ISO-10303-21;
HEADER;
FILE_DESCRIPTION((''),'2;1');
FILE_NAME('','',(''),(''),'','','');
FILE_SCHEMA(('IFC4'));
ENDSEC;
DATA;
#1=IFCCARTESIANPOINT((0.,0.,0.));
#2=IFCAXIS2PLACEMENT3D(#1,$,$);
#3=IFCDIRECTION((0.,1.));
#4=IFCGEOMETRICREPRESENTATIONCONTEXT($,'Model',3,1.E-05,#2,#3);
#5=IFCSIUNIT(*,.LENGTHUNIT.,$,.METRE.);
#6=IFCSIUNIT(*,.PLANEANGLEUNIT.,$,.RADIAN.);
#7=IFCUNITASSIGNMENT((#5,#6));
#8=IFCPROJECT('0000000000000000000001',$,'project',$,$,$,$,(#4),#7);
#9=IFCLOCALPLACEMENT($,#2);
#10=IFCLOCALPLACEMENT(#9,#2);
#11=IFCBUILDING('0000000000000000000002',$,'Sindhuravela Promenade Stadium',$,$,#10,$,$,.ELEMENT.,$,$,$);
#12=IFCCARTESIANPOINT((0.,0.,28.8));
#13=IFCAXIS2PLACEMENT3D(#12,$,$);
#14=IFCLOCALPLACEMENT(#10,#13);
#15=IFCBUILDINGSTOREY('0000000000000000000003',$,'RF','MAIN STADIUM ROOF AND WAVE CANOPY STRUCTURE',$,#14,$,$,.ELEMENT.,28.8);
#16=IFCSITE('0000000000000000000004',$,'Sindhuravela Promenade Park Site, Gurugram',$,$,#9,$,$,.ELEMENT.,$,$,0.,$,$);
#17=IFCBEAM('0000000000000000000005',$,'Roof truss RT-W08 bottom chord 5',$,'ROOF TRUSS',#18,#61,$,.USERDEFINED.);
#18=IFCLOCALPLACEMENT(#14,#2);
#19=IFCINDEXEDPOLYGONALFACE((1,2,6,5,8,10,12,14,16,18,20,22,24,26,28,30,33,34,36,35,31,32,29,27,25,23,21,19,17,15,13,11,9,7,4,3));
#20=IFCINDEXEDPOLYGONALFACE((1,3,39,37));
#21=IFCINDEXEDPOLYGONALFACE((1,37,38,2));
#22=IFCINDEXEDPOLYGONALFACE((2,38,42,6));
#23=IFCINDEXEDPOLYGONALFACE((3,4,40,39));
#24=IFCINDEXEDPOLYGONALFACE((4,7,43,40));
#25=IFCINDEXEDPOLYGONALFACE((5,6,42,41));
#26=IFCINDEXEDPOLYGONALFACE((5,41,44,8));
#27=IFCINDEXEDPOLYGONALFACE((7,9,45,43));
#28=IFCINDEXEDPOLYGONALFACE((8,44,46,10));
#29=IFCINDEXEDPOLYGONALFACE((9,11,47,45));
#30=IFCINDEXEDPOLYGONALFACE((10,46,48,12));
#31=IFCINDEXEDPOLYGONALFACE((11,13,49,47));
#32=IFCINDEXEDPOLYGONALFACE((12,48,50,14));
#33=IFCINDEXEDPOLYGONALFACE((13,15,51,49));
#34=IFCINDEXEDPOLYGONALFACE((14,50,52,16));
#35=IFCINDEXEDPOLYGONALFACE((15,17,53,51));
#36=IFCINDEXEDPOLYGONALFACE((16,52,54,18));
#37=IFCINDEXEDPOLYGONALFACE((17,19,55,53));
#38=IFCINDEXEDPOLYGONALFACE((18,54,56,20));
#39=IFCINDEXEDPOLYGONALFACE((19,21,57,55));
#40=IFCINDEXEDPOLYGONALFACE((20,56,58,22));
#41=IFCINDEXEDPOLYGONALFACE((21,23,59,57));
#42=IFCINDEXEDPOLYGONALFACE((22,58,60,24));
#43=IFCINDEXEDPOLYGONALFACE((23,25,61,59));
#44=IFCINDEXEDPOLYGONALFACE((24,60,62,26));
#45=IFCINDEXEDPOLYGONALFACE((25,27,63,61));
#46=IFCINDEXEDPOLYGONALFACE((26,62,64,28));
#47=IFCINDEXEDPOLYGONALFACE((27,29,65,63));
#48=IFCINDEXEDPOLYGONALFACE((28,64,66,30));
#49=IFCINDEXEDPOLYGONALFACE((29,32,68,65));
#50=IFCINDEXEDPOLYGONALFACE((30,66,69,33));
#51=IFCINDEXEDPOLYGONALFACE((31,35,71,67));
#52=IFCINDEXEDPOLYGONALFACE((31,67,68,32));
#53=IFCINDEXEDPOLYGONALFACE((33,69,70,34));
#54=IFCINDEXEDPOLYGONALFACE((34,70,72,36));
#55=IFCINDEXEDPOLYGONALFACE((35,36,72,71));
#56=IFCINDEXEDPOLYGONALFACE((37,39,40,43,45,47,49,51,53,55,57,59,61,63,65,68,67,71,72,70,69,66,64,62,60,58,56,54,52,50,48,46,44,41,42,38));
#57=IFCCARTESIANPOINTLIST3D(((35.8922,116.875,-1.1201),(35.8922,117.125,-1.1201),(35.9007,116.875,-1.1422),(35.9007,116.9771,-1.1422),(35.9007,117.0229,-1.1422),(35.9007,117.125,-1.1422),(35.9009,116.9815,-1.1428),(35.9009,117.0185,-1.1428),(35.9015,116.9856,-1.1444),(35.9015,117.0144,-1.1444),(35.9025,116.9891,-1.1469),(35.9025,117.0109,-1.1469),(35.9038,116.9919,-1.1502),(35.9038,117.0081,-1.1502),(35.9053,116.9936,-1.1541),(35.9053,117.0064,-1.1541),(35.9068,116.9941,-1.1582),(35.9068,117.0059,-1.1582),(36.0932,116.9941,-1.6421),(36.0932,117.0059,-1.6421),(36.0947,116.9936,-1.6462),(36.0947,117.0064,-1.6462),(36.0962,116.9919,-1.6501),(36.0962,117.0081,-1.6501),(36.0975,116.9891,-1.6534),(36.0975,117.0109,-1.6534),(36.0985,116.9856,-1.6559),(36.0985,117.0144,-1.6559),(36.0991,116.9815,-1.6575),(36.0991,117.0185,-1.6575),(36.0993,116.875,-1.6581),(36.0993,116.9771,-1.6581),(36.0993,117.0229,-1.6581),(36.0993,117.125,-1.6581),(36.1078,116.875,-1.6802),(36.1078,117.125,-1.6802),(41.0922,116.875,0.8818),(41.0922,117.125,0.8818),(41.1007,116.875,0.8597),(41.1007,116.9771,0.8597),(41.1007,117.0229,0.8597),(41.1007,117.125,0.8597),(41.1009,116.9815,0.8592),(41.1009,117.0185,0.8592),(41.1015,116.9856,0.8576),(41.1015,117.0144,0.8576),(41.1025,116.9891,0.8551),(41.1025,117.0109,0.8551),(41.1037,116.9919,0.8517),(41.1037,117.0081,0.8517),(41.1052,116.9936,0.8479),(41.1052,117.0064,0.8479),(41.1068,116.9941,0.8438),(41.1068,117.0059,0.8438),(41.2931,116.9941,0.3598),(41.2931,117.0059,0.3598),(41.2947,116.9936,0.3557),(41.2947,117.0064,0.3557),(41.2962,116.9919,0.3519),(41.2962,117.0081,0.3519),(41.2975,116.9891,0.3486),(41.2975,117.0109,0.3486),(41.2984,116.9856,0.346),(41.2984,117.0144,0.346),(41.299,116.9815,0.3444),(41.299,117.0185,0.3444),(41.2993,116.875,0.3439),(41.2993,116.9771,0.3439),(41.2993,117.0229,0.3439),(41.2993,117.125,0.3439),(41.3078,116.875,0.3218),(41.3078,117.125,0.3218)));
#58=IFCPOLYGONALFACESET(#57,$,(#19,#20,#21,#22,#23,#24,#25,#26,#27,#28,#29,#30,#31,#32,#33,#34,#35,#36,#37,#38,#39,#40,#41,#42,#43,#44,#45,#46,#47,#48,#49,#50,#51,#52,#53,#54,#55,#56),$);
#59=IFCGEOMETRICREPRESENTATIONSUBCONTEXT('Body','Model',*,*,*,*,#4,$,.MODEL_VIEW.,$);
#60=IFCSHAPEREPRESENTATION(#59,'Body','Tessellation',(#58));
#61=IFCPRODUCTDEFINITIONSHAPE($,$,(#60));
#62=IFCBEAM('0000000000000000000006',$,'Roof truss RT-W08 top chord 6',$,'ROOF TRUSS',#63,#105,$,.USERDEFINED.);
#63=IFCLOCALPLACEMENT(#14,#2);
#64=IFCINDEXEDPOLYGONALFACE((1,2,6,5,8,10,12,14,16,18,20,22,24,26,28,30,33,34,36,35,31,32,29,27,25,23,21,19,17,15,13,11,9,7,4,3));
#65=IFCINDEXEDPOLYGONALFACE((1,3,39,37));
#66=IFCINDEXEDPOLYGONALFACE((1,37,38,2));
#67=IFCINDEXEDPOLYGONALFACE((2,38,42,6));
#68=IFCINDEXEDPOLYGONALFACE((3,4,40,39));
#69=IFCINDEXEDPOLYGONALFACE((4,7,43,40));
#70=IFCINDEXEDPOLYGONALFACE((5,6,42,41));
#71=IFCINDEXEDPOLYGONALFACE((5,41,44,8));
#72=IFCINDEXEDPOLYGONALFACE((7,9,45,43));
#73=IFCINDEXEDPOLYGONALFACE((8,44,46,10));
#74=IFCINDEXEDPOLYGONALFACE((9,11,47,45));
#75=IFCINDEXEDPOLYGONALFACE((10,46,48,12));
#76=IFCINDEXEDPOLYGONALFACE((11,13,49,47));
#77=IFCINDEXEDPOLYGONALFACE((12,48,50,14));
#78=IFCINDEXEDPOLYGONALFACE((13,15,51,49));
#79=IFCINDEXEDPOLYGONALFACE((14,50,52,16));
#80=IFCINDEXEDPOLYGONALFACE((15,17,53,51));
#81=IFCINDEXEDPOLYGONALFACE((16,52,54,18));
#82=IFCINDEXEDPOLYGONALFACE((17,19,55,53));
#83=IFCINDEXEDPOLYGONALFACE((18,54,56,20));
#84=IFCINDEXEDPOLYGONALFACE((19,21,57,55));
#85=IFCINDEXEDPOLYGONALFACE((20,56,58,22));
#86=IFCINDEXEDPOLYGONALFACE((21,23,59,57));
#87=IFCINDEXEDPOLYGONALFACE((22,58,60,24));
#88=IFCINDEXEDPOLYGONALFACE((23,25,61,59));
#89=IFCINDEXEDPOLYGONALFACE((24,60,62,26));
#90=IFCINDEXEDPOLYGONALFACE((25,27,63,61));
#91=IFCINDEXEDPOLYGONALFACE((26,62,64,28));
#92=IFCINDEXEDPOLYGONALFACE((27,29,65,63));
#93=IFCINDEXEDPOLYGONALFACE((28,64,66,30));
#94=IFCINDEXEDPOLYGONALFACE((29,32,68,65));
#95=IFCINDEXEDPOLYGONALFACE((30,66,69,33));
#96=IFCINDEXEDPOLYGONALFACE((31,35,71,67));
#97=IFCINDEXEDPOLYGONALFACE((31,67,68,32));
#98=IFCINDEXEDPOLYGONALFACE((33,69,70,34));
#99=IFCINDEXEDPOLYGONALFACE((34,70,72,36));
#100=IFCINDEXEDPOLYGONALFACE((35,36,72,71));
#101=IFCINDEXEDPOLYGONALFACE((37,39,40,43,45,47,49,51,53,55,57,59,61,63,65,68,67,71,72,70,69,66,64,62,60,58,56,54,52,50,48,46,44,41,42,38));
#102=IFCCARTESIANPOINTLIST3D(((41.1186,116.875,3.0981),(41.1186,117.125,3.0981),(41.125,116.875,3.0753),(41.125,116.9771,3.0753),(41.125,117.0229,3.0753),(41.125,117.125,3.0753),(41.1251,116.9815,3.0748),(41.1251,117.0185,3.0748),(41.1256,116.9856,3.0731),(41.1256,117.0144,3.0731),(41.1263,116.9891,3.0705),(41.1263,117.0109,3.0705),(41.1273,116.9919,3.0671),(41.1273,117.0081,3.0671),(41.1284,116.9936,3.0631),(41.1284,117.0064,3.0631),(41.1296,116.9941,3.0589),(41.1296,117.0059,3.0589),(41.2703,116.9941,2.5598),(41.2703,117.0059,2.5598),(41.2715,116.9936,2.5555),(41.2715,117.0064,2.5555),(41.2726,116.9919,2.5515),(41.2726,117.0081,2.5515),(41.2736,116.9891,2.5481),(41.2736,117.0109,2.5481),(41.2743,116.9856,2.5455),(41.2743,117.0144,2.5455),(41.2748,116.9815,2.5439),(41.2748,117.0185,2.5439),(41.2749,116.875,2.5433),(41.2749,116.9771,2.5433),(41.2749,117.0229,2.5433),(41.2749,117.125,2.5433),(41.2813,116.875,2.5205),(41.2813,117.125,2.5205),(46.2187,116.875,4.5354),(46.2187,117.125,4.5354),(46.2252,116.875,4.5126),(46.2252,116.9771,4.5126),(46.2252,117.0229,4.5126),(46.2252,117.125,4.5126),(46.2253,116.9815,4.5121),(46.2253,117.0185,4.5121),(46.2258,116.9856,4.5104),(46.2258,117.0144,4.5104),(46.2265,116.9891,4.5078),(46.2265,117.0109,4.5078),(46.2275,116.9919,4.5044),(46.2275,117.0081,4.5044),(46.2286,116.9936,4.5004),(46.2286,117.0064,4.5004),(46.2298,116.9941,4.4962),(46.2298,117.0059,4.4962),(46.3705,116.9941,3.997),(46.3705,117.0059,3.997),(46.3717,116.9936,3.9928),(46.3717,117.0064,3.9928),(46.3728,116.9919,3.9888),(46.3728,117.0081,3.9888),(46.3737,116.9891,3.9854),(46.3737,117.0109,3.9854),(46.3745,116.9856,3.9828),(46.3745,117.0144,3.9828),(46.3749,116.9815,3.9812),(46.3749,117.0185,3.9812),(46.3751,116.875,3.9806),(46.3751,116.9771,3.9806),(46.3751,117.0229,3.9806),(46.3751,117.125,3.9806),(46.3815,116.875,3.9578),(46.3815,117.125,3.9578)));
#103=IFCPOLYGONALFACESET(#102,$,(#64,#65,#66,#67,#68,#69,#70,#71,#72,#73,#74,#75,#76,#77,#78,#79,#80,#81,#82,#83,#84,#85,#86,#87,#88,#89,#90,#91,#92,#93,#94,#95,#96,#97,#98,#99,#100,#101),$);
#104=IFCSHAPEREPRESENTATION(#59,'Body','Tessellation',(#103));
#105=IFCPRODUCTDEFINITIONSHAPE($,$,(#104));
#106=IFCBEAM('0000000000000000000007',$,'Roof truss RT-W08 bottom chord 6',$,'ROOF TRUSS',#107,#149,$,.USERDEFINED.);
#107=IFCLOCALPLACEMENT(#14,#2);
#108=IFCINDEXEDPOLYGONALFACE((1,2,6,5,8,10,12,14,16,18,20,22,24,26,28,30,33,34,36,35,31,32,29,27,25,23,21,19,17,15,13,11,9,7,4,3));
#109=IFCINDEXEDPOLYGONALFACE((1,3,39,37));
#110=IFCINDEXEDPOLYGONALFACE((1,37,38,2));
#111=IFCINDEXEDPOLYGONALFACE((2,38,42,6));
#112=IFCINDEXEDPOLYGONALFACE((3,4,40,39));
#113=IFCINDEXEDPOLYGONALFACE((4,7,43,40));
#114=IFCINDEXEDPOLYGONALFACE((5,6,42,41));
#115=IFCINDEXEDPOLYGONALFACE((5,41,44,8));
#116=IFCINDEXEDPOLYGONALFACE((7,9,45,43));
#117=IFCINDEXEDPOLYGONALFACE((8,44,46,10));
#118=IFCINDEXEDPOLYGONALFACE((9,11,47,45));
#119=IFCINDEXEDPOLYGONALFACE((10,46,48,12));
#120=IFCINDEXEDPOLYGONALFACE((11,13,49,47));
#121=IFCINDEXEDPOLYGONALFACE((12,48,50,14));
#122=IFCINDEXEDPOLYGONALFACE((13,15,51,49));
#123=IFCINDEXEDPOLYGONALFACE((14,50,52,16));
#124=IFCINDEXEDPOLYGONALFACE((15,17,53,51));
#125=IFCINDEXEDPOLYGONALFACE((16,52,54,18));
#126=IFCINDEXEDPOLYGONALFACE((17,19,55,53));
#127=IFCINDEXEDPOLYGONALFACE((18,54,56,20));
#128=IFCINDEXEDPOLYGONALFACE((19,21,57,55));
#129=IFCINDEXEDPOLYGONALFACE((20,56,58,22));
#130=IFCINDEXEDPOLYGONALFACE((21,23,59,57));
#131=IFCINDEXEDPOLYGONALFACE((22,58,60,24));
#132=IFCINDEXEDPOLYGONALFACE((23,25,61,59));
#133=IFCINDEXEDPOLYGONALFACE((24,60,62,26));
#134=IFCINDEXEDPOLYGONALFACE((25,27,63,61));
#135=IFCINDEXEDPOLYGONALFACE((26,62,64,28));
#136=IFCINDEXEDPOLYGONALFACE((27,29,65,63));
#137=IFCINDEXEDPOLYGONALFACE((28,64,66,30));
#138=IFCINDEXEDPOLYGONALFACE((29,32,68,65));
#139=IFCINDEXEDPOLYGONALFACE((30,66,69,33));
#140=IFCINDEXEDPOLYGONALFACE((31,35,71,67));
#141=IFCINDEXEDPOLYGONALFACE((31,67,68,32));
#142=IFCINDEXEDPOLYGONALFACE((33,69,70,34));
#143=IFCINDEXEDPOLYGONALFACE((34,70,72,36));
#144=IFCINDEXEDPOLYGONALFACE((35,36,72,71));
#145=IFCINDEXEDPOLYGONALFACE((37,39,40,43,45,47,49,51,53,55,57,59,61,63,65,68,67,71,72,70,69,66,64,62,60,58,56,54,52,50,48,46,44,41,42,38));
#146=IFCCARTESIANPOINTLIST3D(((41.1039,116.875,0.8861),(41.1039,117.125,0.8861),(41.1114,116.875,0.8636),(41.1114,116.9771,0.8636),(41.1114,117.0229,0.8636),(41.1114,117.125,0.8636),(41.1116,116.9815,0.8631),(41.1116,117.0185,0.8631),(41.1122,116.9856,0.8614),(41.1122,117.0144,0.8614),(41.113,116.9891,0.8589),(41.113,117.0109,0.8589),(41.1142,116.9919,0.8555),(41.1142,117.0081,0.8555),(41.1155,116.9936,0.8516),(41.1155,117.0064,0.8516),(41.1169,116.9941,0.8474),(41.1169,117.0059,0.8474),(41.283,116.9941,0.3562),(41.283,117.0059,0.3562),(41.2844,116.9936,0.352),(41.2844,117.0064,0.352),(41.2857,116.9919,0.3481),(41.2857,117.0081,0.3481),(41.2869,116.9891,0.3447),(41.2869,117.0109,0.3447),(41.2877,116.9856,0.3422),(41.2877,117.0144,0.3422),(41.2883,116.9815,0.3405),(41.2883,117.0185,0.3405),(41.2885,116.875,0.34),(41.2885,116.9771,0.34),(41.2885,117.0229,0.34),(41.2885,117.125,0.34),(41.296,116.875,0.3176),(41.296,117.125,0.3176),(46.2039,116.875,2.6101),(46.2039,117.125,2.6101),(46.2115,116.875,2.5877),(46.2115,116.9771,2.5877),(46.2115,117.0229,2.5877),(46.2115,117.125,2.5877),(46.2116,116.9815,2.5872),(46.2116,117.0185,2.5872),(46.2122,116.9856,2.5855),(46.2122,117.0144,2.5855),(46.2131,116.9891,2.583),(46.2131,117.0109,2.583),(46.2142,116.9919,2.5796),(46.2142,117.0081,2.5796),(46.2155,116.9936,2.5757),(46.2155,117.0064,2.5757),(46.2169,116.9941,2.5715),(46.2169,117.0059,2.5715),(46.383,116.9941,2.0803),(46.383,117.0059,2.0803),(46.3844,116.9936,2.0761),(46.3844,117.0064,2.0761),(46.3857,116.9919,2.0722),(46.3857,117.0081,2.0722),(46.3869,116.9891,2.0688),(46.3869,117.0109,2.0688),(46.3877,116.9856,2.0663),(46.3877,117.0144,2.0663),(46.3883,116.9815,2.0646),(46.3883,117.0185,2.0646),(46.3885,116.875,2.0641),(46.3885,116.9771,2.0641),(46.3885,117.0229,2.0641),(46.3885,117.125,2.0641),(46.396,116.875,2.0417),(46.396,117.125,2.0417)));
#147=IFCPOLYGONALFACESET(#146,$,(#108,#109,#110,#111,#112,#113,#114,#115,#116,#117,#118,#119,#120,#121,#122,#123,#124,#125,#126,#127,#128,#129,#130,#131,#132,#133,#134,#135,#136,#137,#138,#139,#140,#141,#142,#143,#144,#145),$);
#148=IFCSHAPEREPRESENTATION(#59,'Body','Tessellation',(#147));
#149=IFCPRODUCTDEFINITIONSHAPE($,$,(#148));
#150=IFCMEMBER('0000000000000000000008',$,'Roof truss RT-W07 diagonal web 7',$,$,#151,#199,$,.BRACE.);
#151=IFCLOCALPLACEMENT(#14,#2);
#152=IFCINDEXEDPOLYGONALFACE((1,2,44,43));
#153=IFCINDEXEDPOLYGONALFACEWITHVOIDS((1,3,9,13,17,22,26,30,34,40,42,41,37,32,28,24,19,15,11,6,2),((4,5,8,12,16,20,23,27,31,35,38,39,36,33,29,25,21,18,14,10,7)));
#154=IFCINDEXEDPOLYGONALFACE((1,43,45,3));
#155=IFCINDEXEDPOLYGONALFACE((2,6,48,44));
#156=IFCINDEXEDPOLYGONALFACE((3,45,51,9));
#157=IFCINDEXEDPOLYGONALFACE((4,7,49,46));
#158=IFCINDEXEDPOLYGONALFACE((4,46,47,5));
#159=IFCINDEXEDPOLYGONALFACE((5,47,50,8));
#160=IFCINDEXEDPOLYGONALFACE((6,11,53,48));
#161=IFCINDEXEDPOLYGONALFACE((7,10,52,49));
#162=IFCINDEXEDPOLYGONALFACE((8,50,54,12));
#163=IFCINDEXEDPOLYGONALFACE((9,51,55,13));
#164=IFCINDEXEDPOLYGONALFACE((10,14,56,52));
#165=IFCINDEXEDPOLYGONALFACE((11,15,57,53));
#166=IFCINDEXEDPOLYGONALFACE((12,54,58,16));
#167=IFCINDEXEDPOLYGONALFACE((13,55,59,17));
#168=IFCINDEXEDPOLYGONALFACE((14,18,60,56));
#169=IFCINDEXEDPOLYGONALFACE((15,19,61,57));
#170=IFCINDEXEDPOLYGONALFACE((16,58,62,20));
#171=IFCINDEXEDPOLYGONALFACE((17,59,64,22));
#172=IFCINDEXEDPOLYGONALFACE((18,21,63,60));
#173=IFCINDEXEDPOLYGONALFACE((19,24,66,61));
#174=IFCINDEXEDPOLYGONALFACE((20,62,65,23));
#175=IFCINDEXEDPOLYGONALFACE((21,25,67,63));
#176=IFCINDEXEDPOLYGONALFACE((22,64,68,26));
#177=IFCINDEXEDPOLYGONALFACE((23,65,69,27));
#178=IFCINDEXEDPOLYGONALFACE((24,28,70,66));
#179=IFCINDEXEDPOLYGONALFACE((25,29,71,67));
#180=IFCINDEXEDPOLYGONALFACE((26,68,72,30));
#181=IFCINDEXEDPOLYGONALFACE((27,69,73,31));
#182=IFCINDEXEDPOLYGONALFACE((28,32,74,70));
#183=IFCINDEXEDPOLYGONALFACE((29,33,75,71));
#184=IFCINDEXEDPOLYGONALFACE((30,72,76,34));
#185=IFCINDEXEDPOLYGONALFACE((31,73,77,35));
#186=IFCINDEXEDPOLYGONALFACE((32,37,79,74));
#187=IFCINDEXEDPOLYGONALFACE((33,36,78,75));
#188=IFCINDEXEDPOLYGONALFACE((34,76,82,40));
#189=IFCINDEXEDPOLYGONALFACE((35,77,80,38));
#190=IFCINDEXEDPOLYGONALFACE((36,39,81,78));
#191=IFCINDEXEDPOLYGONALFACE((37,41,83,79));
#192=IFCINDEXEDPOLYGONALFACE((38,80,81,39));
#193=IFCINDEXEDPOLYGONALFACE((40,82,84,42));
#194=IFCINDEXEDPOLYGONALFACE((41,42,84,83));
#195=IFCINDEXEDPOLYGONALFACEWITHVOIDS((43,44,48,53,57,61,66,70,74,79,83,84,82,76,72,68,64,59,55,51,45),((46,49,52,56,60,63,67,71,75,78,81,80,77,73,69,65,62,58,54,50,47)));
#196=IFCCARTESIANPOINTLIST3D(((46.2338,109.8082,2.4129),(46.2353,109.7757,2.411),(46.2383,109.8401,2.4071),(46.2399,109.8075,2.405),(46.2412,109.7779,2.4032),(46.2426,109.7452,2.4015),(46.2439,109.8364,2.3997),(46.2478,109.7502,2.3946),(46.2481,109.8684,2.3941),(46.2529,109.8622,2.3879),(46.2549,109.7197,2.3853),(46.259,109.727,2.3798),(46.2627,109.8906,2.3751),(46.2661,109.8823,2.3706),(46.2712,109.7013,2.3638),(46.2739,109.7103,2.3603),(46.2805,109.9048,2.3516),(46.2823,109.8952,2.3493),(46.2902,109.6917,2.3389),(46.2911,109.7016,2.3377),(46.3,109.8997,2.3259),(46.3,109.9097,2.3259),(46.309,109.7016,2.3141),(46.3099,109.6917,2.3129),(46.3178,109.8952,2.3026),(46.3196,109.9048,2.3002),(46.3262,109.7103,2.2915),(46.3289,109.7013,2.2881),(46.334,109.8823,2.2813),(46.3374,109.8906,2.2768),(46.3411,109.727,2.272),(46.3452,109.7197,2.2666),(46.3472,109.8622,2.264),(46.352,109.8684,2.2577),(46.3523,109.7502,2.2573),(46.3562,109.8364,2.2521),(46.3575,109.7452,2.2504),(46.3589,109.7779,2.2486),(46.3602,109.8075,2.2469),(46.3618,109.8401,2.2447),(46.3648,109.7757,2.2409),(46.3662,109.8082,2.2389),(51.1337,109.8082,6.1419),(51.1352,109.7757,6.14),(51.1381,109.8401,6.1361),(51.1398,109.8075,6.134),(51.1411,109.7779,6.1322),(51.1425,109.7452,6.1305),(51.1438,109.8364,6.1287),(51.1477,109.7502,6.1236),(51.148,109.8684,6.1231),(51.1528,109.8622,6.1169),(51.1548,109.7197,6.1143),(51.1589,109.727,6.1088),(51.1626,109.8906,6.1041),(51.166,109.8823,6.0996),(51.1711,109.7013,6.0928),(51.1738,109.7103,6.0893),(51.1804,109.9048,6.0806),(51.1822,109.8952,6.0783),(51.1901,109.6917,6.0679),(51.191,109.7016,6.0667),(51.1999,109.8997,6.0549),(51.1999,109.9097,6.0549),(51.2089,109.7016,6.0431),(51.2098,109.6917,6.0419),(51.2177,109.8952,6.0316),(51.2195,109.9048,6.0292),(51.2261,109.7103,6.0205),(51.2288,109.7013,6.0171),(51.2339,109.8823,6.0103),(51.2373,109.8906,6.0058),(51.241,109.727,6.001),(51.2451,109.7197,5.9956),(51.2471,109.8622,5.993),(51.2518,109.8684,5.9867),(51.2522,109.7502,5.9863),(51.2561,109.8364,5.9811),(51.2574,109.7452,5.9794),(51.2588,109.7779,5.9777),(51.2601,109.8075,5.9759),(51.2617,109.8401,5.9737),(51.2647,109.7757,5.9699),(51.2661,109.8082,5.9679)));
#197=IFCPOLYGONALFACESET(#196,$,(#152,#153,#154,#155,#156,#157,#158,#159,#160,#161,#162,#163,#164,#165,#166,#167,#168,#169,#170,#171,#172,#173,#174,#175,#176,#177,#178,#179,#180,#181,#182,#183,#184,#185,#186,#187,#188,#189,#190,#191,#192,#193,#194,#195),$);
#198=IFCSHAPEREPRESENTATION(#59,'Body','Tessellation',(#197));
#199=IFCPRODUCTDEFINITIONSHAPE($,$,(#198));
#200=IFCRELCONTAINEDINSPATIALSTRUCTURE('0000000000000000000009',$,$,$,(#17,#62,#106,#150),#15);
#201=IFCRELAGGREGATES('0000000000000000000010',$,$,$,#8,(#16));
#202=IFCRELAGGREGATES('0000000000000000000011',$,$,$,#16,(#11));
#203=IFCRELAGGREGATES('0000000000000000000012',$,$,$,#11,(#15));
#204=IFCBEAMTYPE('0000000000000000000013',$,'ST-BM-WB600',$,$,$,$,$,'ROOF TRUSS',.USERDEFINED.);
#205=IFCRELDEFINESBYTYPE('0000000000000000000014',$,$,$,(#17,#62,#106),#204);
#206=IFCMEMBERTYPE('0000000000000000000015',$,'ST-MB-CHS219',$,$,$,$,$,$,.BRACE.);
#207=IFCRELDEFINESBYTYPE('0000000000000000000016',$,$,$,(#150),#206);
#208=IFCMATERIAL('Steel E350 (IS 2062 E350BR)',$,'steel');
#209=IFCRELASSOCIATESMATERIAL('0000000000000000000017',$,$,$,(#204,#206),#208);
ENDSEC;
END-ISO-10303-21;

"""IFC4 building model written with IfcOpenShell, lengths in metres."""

from ifc_helpers import new_model, si_unit, direction, frame, origin, origin_2d, place, context, subcontext, project, spatial, hollow_circle, i_section, extrude, material, material_profile, profile_set, type_object, element, save


model = new_model("IFC4")

# Units and contexts
model_context = context("Model", 3, precision=1e-05, world=origin(), true_north=direction((0.0, 1.0)))
body_context = subcontext(model_context, "Body", "Model", "MODEL_VIEW")
ifc_project = project(units=[si_unit("LENGTHUNIT", "METRE"), si_unit("PLANEANGLEUNIT", "RADIAN")], contexts=[model_context])

# Site, building, storey
site_placement = place(None, origin())
site = spatial("IfcSite", under=ifc_project, at=site_placement, Name="Sindhuravela Promenade Park Site, Gurugram", CompositionType="ELEMENT", RefElevation=0.0)
building_placement = place(site_placement, origin())
building = spatial("IfcBuilding", under=site, at=building_placement, Name="Sindhuravela Promenade Stadium", CompositionType="ELEMENT")
storey_placement = place(building_placement, frame((0.0, 0.0, 28.8)))
storey = spatial("IfcBuildingStorey", under=building, at=storey_placement, Name="RF", Description="MAIN STADIUM ROOF AND WAVE CANOPY STRUCTURE", CompositionType="ELEMENT", Elevation=28.8)

# Beams
ifc_material_1 = material(Name="Steel E350 (IS 2062 E350BR)", Category="steel")
ifc_material_profile_1 = material_profile(ifc_material_1, i_section(OverallWidth=0.25, OverallDepth=0.6001, WebThickness=0.0117, FlangeThickness=0.0237, FilletRadius=0.0171, at=origin_2d()), Name="ISWB 600")
ifc_profile_set_1 = profile_set([ifc_material_profile_1], Name="Steel E350 (IS 2062 E350BR)")
beam_type_1 = type_object("IfcBeamType", Name="ST-BM-WB600", ElementType="ROOF TRUSS", PredefinedType="USERDEFINED", material=ifc_profile_set_1)
beam_1_placement = place(storey_placement, frame((36.0, 117.0, -1.4001), z_axis=(0.933227, 0.0, 0.359287), x_axis=(0.0, 1.0, 0.0)))
element("IfcBeam", 1, at=beam_1_placement, inside=storey, type_object=beam_type_1, Name="Roof truss RT-W08 bottom chord 5", ObjectType="ROOF TRUSS", PredefinedType="USERDEFINED", context=body_context, shape_type="SweptSolid", body=[
    extrude(i_section(OverallWidth=0.25, OverallDepth=0.6001, WebThickness=0.0117, FlangeThickness=0.0237, FilletRadius=0.0171, at=origin_2d()), origin(), (0.0, 0.0, 1.0), 5.572),
])
beam_2_placement = place(storey_placement, frame((41.2, 117.0, 2.8093), z_axis=(0.96251, 0.0, 0.271245), x_axis=(0.0, 1.0, 0.0)))
element("IfcBeam", 2, at=beam_2_placement, inside=storey, type_object=beam_type_1, Name="Roof truss RT-W08 top chord 6", ObjectType="ROOF TRUSS", PredefinedType="USERDEFINED", context=body_context, shape_type="SweptSolid", body=[
    extrude(i_section(OverallWidth=0.25, OverallDepth=0.6001, WebThickness=0.0117, FlangeThickness=0.0237, FilletRadius=0.0171, at=origin_2d()), origin(), (0.0, 0.0, 1.0), 5.2988),
])
beam_3_placement = place(storey_placement, frame((41.2, 117.0, 0.6018), z_axis=(0.947332, 0.0, 0.320252), x_axis=(0.0, 1.0, 0.0)))
element("IfcBeam", 3, at=beam_3_placement, inside=storey, type_object=beam_type_1, Name="Roof truss RT-W08 bottom chord 6", ObjectType="ROOF TRUSS", PredefinedType="USERDEFINED", context=body_context, shape_type="SweptSolid", body=[
    extrude(i_section(OverallWidth=0.25, OverallDepth=0.6001, WebThickness=0.0117, FlangeThickness=0.0237, FilletRadius=0.0171, at=origin_2d()), origin(), (0.0, 0.0, 1.0), 5.3835),
])

# Member
ifc_material_profile_2 = material_profile(ifc_material_1, hollow_circle(Radius=0.1096, WallThickness=0.01, at=origin_2d()), Name="CHS 219.1x10")
ifc_profile_set_2 = profile_set([ifc_material_profile_2], Name="Steel E350 (IS 2062 E350BR)")
member_type_1 = type_object("IfcMemberType", Name="ST-MB-CHS219", PredefinedType="BRACE", material=ifc_profile_set_2)
member_1_placement = place(storey_placement, frame((46.3, 109.8, 2.3259), z_axis=(0.795765, 0.0, 0.605606), x_axis=(0.0, 1.0, 0.0)))
element("IfcMember", 4, at=member_1_placement, inside=storey, type_object=member_type_1, Name="Roof truss RT-W07 diagonal web 7", PredefinedType="BRACE", context=body_context, shape_type="SweptSolid", body=[
    extrude(hollow_circle(Radius=0.1096, WallThickness=0.01, at=origin_2d()), origin(), (0.0, 0.0, 1.0), 6.1575),
])

save(model, "model.ifc")
